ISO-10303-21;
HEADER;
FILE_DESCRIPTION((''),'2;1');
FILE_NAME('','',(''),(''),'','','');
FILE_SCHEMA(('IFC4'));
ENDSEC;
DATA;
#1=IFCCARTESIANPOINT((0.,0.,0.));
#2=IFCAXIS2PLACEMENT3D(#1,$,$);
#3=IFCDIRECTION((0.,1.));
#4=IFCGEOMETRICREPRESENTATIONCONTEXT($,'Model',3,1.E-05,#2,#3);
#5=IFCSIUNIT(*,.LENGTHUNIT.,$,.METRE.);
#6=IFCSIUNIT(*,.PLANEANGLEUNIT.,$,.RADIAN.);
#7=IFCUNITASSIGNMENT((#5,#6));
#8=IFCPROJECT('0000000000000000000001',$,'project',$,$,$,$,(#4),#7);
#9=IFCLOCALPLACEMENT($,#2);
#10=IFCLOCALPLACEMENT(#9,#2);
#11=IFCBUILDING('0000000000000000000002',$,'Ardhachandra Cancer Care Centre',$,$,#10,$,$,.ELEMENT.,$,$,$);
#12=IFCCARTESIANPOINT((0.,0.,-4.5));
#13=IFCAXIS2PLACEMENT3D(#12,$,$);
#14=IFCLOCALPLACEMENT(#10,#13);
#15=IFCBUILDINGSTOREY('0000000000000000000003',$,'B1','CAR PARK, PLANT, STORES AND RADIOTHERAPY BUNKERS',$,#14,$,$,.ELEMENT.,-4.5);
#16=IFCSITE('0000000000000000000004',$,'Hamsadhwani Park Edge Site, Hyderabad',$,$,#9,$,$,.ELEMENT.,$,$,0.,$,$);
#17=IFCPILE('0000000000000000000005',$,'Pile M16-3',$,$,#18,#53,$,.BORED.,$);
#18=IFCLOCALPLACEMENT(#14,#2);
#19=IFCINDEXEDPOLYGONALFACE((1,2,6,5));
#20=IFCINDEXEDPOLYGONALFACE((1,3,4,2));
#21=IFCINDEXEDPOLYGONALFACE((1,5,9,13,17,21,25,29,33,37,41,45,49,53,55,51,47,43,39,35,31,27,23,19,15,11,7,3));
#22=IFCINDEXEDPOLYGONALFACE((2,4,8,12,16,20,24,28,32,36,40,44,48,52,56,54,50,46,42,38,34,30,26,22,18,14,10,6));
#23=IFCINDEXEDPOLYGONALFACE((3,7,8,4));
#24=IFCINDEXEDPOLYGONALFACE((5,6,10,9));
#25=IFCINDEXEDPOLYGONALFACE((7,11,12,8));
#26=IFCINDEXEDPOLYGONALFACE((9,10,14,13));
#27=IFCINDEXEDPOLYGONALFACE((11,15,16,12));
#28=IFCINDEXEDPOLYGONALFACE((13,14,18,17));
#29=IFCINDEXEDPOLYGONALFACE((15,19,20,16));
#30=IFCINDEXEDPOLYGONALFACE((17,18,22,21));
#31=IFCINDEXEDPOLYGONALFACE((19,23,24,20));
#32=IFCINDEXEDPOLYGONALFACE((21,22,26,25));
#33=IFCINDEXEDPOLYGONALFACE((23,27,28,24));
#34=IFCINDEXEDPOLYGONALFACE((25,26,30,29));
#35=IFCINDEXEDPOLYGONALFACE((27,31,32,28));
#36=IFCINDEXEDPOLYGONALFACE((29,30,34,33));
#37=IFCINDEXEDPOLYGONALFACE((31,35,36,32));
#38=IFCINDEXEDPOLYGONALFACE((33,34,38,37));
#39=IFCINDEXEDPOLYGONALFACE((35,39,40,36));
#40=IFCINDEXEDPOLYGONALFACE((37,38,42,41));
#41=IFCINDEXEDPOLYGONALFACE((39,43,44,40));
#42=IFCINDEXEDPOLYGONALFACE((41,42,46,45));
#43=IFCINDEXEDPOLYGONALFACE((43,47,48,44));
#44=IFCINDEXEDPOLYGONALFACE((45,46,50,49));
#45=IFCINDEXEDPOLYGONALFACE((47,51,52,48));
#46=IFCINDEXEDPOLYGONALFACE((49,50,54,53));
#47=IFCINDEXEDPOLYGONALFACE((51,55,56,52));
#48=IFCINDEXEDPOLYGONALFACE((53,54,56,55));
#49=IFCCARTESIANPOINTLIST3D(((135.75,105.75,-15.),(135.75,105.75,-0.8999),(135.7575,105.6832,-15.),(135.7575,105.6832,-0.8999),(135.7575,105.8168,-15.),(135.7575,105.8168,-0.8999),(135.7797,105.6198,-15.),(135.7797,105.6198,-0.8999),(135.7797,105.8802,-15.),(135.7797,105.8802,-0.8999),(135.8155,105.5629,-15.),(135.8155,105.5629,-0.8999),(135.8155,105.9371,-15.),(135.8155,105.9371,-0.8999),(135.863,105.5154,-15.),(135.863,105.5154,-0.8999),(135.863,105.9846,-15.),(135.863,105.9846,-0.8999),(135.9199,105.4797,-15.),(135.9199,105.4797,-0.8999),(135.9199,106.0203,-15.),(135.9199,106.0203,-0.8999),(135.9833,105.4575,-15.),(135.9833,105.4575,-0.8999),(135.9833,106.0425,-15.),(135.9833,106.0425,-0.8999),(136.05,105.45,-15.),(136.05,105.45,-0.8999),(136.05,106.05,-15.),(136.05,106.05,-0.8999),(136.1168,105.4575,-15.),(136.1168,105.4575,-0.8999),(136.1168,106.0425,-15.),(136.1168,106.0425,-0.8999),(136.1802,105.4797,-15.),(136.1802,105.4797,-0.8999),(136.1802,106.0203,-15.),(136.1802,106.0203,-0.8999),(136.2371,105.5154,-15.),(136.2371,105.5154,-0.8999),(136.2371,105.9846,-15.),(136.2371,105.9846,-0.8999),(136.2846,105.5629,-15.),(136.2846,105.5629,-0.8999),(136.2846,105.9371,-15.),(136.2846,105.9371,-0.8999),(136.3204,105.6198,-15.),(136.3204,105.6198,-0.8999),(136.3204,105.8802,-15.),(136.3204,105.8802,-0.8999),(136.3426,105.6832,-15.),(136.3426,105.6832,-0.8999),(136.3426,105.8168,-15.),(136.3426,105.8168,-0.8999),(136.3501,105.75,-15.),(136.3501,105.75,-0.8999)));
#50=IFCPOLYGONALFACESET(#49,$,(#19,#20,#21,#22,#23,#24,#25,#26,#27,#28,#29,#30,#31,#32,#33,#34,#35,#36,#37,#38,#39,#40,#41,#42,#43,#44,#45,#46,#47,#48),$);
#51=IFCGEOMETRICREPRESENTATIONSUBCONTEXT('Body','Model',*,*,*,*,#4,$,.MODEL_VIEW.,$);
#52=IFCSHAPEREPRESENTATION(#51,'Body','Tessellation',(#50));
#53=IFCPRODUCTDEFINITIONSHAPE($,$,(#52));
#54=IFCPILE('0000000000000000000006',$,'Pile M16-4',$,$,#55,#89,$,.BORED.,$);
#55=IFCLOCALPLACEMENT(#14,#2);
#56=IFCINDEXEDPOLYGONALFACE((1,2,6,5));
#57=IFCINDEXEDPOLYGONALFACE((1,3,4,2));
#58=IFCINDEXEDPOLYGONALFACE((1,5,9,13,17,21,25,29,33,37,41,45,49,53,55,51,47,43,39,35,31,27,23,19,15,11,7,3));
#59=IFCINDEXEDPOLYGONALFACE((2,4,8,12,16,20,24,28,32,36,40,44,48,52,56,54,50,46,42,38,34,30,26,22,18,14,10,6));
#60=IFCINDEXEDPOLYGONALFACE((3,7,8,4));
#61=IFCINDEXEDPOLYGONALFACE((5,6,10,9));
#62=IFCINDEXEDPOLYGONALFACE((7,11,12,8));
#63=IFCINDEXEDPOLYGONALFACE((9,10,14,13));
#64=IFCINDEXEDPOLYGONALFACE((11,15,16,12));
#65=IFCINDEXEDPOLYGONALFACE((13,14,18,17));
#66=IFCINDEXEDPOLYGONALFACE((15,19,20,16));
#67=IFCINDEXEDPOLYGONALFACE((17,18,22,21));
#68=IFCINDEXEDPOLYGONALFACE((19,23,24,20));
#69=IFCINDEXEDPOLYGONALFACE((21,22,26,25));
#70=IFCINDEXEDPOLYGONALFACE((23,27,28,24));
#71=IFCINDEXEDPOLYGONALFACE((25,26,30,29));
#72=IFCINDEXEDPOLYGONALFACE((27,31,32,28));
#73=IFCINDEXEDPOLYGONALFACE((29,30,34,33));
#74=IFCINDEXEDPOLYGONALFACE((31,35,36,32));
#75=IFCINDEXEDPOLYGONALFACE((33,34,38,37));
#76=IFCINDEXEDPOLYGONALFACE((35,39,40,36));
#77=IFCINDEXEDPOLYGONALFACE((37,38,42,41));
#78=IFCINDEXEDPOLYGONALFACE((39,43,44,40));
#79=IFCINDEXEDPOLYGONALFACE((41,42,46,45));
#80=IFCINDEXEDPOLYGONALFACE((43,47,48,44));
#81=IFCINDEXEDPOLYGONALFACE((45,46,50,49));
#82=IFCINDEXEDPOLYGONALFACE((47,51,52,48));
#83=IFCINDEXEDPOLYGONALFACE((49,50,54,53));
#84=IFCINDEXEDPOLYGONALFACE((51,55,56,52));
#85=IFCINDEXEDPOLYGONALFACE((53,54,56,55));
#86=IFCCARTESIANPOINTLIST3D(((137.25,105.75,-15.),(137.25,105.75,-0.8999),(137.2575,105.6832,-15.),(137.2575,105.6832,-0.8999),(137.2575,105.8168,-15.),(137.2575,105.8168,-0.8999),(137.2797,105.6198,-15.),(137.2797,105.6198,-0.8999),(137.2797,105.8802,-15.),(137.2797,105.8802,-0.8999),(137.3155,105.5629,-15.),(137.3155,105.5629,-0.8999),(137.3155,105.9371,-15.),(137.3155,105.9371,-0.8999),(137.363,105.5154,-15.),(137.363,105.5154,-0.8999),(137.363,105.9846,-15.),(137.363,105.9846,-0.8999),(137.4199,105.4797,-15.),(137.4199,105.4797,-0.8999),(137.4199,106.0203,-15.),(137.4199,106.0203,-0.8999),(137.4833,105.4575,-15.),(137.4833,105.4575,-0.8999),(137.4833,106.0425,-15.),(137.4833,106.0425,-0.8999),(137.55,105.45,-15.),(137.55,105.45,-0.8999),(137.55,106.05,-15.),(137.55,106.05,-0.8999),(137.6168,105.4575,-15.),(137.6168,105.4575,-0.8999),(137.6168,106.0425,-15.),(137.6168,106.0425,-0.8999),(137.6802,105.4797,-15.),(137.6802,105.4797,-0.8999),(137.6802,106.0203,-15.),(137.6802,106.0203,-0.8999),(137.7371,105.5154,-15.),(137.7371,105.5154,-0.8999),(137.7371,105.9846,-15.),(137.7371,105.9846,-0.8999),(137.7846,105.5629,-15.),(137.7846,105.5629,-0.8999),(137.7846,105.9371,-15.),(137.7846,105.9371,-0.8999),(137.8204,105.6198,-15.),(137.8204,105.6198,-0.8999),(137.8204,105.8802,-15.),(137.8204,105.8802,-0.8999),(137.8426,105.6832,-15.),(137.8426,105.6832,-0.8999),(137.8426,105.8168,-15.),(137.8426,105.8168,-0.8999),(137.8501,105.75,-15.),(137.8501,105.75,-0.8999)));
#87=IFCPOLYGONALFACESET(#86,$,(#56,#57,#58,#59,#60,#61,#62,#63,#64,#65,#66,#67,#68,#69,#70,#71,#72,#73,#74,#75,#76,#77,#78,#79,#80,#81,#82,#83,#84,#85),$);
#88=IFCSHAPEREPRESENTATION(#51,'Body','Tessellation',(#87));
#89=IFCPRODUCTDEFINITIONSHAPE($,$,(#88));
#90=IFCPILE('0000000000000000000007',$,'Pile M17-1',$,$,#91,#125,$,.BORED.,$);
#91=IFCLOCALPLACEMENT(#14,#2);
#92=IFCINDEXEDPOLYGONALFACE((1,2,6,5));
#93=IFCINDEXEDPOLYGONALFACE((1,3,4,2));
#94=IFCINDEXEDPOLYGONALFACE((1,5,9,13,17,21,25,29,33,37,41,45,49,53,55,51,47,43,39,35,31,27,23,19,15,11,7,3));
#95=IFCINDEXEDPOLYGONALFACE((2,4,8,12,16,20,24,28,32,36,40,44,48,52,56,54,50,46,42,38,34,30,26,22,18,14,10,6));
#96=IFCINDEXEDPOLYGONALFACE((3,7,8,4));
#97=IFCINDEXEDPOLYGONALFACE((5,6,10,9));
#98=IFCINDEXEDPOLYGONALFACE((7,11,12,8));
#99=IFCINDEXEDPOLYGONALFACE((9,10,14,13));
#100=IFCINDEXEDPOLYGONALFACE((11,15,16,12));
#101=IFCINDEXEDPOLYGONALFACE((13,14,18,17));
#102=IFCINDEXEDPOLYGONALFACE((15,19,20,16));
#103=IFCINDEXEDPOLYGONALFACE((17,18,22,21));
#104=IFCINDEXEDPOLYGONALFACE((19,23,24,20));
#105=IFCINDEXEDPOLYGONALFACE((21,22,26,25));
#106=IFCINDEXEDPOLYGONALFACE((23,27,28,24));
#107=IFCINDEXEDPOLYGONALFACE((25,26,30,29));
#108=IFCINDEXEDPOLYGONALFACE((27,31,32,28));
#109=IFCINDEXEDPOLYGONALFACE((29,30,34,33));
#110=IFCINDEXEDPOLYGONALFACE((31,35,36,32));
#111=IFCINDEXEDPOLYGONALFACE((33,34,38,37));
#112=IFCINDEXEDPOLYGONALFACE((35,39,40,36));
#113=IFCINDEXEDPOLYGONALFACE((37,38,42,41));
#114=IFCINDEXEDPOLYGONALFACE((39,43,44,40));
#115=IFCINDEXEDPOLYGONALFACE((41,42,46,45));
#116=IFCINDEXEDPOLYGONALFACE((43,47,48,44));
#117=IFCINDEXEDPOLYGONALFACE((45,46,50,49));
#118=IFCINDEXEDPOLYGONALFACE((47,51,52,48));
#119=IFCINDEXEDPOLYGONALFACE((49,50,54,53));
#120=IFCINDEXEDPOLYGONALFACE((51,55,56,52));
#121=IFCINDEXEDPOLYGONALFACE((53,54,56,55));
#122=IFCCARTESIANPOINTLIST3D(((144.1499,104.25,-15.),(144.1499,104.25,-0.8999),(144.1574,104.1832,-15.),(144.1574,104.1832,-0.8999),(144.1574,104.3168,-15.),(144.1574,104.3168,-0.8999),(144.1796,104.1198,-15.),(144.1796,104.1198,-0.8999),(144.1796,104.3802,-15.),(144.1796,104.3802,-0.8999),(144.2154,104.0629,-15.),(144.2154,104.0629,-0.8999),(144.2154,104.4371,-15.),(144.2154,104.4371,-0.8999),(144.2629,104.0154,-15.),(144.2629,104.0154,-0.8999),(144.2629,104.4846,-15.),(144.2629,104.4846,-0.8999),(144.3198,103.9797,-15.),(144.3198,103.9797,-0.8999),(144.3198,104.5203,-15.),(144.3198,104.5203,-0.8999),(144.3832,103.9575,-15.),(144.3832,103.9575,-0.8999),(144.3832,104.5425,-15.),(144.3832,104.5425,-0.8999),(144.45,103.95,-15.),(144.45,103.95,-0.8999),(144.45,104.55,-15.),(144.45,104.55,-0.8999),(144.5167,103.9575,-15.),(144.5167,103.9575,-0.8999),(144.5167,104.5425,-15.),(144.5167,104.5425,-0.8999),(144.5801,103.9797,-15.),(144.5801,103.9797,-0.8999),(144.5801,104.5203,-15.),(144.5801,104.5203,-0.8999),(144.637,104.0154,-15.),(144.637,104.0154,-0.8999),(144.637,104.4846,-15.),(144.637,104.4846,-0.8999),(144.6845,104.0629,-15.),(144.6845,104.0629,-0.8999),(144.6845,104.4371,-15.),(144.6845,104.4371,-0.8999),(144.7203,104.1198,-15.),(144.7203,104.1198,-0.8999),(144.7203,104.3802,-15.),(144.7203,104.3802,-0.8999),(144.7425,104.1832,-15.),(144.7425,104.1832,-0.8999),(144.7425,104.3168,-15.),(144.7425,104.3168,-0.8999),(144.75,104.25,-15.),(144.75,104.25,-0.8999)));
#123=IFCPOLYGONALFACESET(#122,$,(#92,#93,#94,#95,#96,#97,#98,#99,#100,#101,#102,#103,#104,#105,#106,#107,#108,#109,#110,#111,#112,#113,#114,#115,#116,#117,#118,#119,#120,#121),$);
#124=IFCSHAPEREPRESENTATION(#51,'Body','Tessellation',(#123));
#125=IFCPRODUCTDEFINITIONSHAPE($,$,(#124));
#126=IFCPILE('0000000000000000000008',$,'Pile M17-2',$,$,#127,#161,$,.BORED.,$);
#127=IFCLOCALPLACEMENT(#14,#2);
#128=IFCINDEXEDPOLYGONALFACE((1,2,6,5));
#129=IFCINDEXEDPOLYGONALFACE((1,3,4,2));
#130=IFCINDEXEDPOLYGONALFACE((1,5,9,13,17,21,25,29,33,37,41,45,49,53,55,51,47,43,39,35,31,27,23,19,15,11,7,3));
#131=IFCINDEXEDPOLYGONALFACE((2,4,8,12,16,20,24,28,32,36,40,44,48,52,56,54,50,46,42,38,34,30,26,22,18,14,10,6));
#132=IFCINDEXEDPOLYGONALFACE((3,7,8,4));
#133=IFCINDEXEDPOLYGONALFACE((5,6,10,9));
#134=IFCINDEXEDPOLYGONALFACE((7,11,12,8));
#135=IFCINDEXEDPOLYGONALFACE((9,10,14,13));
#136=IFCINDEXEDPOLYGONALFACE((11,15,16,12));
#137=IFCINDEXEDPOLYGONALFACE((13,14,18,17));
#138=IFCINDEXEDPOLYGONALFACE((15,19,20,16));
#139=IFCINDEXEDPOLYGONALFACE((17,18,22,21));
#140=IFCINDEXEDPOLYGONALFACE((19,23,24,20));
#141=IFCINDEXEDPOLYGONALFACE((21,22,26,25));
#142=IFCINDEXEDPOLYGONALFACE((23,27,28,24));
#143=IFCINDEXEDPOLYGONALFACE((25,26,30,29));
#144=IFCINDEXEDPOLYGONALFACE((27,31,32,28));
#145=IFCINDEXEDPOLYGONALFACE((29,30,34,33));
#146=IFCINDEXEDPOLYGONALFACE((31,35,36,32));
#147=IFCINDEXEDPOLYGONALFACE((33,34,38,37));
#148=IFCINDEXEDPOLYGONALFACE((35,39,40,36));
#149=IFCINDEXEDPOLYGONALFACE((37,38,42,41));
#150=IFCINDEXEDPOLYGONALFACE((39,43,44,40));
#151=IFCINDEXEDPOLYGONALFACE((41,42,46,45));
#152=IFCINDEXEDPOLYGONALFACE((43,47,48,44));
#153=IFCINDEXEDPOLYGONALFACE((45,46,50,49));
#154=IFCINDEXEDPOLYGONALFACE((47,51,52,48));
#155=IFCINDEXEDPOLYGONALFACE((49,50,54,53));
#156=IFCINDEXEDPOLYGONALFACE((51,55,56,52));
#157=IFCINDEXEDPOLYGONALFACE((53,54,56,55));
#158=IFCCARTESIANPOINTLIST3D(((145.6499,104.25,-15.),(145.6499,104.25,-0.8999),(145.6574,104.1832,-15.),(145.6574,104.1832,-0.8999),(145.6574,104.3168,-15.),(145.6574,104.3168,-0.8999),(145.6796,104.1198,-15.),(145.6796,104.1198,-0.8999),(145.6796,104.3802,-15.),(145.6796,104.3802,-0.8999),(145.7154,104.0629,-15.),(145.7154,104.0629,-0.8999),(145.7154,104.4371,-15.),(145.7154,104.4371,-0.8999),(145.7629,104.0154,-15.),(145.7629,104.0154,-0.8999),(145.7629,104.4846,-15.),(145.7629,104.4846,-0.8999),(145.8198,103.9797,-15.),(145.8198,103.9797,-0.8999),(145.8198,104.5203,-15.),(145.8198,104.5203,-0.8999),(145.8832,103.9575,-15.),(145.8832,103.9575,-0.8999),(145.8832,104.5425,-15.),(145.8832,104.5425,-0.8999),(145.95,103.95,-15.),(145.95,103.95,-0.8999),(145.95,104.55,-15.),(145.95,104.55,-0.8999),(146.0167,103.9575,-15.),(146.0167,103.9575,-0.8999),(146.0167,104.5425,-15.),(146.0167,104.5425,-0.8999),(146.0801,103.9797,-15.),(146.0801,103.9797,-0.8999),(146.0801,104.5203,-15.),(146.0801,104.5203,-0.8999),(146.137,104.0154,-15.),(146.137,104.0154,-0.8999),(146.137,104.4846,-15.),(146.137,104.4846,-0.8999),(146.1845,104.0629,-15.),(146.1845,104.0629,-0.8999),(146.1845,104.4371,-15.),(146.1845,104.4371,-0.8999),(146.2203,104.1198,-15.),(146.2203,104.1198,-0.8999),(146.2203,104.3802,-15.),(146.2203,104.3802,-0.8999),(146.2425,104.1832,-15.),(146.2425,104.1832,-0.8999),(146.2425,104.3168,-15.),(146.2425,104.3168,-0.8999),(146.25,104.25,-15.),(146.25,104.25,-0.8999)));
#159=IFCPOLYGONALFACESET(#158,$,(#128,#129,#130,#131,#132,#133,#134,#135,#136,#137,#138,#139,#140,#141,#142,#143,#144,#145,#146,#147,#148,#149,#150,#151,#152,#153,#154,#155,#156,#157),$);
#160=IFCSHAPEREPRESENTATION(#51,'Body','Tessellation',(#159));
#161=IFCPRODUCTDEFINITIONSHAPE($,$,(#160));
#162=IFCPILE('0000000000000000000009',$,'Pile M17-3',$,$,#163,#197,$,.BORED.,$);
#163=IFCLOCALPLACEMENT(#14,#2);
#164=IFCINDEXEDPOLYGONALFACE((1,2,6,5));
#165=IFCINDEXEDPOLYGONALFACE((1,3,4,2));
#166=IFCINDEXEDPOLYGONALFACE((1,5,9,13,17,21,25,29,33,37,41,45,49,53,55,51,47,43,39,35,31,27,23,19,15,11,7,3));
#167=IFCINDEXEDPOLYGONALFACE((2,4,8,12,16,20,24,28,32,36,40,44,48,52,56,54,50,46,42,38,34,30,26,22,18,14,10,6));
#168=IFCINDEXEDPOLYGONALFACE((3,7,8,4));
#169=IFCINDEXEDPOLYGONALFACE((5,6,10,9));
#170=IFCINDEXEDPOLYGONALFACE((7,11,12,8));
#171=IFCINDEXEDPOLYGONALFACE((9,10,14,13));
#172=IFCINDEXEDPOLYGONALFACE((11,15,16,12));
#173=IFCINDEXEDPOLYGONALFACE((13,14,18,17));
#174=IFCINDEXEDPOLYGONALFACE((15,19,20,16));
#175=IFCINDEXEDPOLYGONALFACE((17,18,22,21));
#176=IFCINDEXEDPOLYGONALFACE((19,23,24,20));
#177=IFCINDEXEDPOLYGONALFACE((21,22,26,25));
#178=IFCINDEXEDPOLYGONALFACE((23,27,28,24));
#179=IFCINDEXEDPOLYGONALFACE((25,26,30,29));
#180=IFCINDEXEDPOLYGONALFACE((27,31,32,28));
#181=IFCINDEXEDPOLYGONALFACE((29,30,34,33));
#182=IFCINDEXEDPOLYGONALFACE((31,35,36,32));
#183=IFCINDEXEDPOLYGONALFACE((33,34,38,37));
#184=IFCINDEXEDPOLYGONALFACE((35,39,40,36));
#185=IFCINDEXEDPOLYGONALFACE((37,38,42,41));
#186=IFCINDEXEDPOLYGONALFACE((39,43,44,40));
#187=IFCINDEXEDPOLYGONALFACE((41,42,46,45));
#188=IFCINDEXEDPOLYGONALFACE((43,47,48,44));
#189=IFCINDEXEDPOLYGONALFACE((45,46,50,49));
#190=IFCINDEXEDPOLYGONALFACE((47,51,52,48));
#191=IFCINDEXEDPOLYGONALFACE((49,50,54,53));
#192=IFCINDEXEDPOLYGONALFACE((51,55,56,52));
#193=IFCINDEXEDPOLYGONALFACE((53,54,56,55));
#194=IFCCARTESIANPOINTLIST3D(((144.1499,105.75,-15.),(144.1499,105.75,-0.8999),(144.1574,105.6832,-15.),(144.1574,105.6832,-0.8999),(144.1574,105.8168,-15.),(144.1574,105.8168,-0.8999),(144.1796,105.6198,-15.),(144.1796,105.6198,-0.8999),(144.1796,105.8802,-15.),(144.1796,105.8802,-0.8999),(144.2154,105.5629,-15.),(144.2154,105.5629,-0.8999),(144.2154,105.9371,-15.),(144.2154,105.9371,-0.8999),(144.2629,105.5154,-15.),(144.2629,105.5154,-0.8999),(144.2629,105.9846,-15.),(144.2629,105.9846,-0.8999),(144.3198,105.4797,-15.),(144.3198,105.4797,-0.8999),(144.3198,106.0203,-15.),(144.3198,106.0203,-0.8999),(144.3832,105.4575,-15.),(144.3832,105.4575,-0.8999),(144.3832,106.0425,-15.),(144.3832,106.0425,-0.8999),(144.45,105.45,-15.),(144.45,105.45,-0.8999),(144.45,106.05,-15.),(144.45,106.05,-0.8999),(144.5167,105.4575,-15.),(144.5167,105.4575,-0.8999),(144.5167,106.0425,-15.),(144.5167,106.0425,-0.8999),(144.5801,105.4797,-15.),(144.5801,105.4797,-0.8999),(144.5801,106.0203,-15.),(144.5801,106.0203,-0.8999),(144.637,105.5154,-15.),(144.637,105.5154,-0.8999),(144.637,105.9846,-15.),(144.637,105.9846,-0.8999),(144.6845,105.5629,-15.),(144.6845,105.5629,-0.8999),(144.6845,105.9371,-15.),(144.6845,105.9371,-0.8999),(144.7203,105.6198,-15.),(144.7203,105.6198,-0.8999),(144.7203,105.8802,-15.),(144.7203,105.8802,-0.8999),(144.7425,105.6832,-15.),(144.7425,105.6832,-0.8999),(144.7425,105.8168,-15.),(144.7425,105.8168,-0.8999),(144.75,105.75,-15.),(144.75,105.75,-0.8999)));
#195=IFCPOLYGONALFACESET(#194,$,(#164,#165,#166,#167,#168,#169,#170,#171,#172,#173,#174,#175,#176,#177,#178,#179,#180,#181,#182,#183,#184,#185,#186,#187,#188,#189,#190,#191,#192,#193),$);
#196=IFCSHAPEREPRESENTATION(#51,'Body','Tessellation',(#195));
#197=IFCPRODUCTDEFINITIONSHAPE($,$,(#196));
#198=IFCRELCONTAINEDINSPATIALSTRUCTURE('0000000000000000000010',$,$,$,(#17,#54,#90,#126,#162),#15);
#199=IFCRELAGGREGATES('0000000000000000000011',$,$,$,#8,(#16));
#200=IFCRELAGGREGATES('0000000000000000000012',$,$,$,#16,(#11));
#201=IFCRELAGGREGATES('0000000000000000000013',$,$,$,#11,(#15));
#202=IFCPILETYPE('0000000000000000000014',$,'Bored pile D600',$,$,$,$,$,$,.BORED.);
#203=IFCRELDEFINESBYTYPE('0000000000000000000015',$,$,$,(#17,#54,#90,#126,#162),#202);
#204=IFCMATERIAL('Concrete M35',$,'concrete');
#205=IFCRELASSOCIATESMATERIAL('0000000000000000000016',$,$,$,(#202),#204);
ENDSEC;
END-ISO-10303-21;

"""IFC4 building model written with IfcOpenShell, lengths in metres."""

from ifc_helpers import new_model, si_unit, direction, frame, origin, origin_2d, place, context, subcontext, project, spatial, circle, extrude, material, material_profile, profile_set, type_object, element, save


model = new_model("IFC4")

# Units and contexts
model_context = context("Model", 3, precision=1e-05, world=origin(), true_north=direction((0.0, 1.0)))
body_context = subcontext(model_context, "Body", "Model", "MODEL_VIEW")
ifc_project = project(units=[si_unit("LENGTHUNIT", "METRE"), si_unit("PLANEANGLEUNIT", "RADIAN")], contexts=[model_context])

# Site, building, storey
site_placement = place(None, origin())
site = spatial("IfcSite", under=ifc_project, at=site_placement, Name="Hamsadhwani Park Edge Site, Hyderabad", CompositionType="ELEMENT", RefElevation=0.0)
building_placement = place(site_placement, origin())
building = spatial("IfcBuilding", under=site, at=building_placement, Name="Ardhachandra Cancer Care Centre", CompositionType="ELEMENT")
storey_placement = place(building_placement, frame((0.0, 0.0, -4.5)))
storey = spatial("IfcBuildingStorey", under=building, at=storey_placement, Name="B1", Description="CAR PARK, PLANT, STORES AND RADIOTHERAPY BUNKERS", CompositionType="ELEMENT", Elevation=-4.5)

# Piles
ifc_material_1 = material(Name="Concrete M35", Category="concrete")
ifc_material_profile_1 = material_profile(ifc_material_1, circle(Radius=0.3, at=origin_2d()), Name="D600")
ifc_profile_set_1 = profile_set([ifc_material_profile_1], Name="Concrete M35")
pile_type = type_object("IfcPileType", Name="Bored pile D600", PredefinedType="BORED", material=ifc_profile_set_1)
for number, where, z_axis, x_axis, name in (
    (1, (136.05, 105.75, -0.8999), (0.0, 0.0, -1.0), (1.0, 0.0, 0.0), "Pile M16-3"),
    (2, (137.55, 105.75, -0.8999), (0.0, 0.0, -1.0), (1.0, 0.0, 0.0), "Pile M16-4"),
    (3, (144.45, 104.25, -0.8999), (0.0, 0.0, -1.0), (1.0, 0.0, 0.0), "Pile M17-1"),
    (4, (145.95, 104.25, -0.8999), (0.0, 0.0, -1.0), (1.0, 0.0, 0.0), "Pile M17-2"),
    (5, (144.45, 105.75, -0.8999), (0.0, 0.0, -1.0), (1.0, 0.0, 0.0), "Pile M17-3"),
):
    element("IfcPile", number, at=place(storey_placement, frame(where, z_axis=z_axis, x_axis=x_axis)), inside=storey, type_object=pile_type, Name=name, PredefinedType="BORED", context=body_context, shape_type="SweptSolid", body=[
        extrude(circle(Radius=0.3, at=origin_2d()), origin(), (0.0, 0.0, 1.0), 14.1001),
    ])

save(model, "model.ifc")
